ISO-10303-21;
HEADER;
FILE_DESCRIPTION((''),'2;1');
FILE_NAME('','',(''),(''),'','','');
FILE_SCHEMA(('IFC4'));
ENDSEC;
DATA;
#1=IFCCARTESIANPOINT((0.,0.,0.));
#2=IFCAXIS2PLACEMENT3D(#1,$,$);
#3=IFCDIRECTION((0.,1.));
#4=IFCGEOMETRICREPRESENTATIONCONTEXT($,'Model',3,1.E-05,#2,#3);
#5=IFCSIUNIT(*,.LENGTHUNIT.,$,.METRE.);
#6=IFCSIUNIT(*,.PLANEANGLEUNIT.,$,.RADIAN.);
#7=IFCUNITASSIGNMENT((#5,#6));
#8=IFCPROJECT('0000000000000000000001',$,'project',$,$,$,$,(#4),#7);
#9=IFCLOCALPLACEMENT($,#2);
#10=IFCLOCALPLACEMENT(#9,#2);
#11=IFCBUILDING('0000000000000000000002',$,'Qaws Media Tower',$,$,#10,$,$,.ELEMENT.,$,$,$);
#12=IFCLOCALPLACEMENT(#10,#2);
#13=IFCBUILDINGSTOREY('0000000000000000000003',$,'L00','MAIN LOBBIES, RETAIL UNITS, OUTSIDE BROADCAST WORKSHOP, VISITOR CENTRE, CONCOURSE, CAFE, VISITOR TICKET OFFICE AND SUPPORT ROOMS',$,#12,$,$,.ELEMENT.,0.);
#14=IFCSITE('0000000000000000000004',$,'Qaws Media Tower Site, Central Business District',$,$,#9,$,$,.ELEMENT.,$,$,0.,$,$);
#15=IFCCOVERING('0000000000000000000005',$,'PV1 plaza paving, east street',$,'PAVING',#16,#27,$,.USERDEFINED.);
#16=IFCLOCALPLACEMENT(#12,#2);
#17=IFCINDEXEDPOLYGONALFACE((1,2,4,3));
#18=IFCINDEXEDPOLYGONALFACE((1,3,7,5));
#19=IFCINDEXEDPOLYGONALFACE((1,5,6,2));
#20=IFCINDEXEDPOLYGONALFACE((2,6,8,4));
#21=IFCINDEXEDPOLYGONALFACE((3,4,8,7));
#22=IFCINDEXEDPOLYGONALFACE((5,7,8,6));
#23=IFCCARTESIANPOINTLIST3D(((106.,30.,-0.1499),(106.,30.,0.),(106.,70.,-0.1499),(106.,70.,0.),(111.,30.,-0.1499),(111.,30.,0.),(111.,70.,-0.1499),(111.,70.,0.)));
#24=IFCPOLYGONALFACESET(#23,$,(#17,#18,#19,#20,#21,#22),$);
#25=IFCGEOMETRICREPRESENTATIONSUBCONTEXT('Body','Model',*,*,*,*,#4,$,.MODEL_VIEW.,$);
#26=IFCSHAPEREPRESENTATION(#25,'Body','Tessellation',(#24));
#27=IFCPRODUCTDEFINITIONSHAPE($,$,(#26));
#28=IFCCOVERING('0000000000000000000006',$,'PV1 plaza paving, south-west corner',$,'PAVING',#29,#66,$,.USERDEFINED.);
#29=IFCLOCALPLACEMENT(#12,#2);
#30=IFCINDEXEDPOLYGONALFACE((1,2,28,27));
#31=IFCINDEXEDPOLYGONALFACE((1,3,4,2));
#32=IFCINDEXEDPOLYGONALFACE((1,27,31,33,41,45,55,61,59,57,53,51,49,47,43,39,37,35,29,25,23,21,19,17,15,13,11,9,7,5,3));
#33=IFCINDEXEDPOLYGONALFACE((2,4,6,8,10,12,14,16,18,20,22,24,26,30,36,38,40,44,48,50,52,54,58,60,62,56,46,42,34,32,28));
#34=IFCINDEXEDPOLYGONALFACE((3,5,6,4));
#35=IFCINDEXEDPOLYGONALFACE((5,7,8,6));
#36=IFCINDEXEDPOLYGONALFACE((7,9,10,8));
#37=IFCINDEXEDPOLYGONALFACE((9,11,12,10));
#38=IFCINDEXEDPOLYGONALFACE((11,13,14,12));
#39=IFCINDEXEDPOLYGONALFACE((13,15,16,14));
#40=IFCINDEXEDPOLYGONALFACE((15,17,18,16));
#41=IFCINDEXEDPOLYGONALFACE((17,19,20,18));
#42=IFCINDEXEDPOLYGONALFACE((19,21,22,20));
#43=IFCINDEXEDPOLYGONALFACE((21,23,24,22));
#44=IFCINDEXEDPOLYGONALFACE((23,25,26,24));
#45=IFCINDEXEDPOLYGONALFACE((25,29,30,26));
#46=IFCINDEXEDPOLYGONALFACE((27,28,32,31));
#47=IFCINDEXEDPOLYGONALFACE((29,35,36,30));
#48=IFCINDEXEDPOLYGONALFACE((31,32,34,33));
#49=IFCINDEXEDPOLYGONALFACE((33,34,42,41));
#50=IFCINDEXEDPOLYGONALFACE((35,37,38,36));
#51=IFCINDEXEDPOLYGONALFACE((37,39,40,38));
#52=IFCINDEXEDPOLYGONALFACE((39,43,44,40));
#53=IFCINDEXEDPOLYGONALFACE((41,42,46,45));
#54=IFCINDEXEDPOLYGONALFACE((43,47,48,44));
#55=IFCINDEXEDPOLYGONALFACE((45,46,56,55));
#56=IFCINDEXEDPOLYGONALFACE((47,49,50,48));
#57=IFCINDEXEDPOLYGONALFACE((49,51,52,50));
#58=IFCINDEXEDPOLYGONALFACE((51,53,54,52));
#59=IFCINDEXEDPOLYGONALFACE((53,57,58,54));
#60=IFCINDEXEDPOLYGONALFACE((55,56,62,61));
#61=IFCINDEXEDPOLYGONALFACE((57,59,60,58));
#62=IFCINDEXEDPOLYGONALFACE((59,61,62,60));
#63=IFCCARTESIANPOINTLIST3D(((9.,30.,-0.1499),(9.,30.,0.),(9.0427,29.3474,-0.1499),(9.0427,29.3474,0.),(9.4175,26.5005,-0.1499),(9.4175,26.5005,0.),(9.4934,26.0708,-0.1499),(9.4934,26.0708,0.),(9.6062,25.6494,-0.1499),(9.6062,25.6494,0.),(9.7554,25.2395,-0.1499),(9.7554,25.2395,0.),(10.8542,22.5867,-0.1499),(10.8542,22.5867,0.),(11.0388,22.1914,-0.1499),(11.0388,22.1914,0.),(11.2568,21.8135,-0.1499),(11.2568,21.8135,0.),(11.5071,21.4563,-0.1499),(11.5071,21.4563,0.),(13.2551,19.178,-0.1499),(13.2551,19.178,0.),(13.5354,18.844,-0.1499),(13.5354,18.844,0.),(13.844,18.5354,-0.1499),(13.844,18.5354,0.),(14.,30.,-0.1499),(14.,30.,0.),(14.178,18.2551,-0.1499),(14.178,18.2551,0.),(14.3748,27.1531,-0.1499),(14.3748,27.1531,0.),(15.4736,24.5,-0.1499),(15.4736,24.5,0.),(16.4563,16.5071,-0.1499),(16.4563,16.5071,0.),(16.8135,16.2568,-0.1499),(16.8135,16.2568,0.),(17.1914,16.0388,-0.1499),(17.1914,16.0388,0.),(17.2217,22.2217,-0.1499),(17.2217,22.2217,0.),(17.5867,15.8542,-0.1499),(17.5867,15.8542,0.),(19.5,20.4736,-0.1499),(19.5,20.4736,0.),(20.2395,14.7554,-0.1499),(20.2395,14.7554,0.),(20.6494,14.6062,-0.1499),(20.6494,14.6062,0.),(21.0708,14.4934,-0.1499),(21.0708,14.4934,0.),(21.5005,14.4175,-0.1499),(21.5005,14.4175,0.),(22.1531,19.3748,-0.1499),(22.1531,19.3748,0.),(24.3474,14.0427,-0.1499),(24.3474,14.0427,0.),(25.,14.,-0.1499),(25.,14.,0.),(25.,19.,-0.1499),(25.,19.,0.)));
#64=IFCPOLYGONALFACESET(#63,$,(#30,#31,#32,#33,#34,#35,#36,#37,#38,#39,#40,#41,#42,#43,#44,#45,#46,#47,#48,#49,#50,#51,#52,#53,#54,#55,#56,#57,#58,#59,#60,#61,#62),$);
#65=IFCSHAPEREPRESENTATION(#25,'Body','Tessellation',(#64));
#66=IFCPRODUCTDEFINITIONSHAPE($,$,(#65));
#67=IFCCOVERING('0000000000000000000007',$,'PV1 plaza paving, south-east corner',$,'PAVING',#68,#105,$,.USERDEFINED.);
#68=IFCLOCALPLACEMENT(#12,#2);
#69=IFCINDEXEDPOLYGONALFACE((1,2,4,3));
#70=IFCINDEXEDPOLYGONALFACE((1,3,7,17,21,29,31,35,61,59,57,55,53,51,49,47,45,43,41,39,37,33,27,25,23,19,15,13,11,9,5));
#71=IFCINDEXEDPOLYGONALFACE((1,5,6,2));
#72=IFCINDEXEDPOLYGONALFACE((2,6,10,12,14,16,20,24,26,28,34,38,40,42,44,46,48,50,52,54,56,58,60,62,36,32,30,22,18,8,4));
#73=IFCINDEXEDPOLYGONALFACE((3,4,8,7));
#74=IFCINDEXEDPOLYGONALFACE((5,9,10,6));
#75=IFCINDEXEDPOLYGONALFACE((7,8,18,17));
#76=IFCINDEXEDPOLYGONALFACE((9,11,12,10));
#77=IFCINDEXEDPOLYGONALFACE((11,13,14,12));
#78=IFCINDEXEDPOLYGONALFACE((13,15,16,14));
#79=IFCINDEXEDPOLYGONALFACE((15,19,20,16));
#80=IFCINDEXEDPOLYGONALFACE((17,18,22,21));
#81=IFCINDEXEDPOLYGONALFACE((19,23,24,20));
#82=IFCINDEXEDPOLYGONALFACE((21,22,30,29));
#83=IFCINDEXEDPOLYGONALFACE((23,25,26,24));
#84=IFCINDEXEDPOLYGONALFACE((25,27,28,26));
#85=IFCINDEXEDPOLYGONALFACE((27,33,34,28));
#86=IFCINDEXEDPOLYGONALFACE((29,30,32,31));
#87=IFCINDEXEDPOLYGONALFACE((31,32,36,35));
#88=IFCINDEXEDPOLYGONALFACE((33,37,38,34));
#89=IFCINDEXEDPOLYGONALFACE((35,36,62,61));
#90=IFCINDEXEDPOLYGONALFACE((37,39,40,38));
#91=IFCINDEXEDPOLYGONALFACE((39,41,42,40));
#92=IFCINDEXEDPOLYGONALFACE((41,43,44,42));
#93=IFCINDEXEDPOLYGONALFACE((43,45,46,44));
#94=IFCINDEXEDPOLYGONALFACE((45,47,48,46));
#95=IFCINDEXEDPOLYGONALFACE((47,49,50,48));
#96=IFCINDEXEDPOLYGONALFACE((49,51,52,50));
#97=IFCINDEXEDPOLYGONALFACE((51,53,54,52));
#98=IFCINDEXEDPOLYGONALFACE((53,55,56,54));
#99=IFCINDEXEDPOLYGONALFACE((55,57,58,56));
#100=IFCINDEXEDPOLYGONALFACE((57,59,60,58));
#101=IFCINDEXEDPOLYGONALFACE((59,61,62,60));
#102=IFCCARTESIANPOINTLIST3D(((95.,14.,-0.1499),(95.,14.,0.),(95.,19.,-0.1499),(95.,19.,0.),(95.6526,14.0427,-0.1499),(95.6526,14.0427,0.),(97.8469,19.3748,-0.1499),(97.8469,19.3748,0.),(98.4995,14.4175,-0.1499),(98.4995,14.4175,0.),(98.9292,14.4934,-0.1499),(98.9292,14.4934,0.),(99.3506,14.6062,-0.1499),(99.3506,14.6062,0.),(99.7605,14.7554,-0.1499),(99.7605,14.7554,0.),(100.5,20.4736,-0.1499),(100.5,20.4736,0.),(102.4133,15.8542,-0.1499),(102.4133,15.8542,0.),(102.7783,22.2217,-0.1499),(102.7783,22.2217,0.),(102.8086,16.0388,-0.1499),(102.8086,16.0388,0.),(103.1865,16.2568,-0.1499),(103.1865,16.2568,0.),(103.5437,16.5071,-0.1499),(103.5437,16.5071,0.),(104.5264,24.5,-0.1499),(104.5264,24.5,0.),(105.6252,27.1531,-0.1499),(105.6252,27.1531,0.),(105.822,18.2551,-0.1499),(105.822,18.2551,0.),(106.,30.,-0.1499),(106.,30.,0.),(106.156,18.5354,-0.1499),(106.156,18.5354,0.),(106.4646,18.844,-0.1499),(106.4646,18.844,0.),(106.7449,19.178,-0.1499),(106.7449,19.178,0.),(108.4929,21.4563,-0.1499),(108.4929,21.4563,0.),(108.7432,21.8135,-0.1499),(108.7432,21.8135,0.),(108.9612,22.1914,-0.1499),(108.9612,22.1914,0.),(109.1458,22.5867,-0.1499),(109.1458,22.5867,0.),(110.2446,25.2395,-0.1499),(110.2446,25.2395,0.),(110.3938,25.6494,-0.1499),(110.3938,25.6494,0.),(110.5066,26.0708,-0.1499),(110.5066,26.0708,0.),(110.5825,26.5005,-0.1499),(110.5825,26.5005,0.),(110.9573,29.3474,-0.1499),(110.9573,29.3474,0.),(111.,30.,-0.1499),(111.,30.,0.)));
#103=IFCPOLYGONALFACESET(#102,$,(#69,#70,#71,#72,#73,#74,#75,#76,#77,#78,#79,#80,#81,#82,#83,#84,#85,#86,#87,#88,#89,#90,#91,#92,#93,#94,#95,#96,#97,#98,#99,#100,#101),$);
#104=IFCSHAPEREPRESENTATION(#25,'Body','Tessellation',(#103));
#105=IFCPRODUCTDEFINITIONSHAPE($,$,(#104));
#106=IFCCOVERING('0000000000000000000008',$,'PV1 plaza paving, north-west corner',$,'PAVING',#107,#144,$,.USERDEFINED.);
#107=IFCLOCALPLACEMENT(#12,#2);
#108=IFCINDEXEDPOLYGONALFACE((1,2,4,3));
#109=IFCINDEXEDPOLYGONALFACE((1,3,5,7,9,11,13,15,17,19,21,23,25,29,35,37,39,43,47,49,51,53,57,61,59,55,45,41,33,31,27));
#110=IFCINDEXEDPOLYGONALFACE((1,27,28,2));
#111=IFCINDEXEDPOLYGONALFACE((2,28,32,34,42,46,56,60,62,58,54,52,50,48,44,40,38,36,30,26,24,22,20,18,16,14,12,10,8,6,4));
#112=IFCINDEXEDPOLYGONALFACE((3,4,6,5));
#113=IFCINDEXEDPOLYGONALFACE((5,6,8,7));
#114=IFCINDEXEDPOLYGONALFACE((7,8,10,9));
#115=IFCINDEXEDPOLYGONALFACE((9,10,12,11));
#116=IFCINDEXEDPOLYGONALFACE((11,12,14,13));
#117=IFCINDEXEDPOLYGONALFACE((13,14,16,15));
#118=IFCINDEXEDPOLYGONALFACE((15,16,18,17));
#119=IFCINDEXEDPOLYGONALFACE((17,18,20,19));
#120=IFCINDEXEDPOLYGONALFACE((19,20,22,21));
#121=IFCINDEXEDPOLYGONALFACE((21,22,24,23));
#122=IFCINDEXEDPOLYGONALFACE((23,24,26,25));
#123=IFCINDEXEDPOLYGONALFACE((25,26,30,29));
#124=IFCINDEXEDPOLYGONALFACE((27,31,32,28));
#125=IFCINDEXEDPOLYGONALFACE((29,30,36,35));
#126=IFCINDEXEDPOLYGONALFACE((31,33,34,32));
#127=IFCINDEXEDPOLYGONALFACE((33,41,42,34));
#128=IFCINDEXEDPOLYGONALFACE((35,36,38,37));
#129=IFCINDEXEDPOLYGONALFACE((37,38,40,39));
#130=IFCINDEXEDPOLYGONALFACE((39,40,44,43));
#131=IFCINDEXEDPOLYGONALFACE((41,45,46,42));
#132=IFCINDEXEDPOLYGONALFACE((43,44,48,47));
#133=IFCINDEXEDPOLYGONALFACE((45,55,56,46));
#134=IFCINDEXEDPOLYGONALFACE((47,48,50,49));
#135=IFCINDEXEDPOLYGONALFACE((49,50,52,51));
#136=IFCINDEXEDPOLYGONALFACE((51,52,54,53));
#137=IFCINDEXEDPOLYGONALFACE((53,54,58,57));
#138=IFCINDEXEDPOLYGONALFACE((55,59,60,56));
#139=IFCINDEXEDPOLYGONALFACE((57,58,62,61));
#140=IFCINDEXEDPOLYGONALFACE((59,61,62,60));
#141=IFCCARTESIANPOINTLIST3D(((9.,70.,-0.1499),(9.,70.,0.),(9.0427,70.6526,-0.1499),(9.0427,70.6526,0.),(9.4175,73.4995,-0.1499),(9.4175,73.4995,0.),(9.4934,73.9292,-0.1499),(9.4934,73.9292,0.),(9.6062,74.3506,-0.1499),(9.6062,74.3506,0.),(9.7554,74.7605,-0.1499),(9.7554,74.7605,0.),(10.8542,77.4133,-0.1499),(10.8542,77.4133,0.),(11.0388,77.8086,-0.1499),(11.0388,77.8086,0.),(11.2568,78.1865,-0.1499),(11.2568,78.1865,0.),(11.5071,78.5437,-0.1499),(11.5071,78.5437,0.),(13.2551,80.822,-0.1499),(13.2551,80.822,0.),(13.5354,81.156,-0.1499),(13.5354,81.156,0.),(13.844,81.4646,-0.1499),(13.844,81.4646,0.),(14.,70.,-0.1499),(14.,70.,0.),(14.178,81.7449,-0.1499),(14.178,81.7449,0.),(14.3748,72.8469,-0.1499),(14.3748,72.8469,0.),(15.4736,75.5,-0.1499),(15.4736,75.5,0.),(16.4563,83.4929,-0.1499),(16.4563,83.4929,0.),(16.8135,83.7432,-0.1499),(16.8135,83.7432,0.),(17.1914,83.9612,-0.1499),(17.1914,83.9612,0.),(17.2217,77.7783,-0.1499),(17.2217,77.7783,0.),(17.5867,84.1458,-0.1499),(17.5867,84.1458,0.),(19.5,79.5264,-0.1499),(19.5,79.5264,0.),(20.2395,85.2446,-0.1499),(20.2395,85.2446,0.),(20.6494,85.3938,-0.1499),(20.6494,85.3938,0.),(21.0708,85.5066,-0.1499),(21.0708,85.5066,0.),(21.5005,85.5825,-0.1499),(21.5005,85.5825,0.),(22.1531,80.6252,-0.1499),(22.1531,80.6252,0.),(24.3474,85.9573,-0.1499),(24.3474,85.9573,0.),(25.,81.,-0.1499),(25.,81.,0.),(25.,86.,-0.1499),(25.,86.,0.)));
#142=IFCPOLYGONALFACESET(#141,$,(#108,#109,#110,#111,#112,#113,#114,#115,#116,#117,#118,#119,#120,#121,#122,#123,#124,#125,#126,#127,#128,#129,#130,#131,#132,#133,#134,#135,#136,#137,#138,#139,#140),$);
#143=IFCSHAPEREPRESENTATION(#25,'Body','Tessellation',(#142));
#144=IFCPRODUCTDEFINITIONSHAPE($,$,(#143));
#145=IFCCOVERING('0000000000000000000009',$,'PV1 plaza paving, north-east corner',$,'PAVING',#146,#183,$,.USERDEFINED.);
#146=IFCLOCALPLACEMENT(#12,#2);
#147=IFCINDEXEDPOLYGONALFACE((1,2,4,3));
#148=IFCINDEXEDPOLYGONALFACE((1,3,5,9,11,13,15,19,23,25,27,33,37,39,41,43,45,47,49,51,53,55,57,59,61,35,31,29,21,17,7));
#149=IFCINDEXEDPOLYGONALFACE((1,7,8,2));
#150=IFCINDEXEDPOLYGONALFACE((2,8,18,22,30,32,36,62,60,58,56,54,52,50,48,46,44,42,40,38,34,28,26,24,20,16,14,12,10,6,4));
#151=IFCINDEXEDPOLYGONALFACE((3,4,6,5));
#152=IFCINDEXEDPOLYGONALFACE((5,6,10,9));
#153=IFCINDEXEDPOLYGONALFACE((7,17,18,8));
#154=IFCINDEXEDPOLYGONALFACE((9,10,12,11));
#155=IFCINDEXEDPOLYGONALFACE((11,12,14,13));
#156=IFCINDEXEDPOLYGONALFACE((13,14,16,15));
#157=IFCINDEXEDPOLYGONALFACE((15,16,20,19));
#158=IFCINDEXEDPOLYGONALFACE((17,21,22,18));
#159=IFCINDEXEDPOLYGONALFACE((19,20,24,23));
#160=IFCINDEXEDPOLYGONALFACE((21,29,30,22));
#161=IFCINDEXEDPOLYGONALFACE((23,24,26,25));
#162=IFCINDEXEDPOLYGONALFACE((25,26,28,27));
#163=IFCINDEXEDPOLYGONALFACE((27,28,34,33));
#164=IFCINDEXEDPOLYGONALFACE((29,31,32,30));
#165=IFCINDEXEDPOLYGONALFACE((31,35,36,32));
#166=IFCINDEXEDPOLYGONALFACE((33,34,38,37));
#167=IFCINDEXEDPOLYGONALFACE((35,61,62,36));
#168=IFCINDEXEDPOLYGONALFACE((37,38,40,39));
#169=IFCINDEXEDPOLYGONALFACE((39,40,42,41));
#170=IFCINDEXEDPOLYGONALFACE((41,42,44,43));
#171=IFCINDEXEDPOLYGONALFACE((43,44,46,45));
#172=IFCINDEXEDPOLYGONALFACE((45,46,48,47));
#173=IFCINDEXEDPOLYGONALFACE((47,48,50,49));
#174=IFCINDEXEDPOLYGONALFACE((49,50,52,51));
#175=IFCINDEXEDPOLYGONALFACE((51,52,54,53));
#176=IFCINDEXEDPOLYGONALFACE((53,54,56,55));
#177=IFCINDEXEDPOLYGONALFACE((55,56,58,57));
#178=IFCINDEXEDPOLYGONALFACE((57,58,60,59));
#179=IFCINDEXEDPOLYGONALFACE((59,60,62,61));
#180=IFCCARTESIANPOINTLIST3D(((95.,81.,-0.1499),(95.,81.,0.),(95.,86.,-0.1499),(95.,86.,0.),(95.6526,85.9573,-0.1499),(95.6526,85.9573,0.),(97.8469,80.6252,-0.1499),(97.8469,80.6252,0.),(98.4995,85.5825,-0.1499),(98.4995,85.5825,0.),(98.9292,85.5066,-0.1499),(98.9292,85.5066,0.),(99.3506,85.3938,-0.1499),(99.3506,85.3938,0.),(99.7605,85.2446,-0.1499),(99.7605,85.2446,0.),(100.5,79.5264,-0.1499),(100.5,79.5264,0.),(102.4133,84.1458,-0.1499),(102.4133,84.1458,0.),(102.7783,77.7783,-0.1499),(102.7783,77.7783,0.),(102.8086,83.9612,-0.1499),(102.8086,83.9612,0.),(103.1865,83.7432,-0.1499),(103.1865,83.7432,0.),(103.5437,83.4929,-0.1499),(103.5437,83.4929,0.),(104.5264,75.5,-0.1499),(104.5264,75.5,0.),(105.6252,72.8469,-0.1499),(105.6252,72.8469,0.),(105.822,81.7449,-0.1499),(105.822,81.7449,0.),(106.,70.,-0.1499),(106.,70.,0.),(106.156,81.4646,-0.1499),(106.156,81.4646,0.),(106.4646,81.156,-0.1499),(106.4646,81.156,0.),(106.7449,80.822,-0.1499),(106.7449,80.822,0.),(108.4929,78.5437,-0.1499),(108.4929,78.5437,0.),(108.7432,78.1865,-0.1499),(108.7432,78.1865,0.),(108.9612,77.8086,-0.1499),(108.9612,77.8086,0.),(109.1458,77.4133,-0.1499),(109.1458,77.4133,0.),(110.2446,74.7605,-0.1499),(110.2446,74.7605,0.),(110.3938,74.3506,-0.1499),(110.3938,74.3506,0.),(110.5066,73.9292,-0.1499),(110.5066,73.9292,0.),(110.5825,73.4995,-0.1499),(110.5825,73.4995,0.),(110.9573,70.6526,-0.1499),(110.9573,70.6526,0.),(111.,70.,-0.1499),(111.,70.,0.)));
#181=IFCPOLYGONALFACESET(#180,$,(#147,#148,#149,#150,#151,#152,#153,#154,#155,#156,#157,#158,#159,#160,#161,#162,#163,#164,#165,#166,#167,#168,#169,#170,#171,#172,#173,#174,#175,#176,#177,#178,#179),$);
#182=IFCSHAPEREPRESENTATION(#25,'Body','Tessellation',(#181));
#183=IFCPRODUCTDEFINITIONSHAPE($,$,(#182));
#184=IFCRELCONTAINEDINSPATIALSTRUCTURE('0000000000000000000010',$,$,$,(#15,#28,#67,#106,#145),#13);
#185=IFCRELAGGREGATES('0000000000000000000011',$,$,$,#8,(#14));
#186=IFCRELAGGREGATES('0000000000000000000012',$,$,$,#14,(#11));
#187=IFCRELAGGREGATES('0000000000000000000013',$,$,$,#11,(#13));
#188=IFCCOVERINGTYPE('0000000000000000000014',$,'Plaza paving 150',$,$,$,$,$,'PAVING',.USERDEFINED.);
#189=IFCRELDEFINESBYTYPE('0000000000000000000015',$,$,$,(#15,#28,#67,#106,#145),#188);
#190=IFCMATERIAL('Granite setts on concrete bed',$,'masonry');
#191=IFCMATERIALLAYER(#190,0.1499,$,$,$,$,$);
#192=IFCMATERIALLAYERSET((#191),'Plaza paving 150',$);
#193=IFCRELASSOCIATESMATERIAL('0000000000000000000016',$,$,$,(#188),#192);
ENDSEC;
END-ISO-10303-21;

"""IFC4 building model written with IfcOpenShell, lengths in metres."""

from ifc_helpers import new_model, si_unit, direction, frame, origin, place, context, subcontext, project, spatial, polyline, outline, extrude, material, layer, layer_set, type_object, element, save


model = new_model("IFC4")

# Units and contexts
model_context = context("Model", 3, precision=1e-05, world=origin(), true_north=direction((0.0, 1.0)))
body_context = subcontext(model_context, "Body", "Model", "MODEL_VIEW")
ifc_project = project(units=[si_unit("LENGTHUNIT", "METRE"), si_unit("PLANEANGLEUNIT", "RADIAN")], contexts=[model_context])

# Site, building, storey
site_placement = place(None, origin())
site = spatial("IfcSite", under=ifc_project, at=site_placement, Name="Qaws Media Tower Site, Central Business District", CompositionType="ELEMENT", RefElevation=0.0)
building_placement = place(site_placement, origin())
building = spatial("IfcBuilding", under=site, at=building_placement, Name="Qaws Media Tower", CompositionType="ELEMENT")
storey_placement = place(building_placement, origin())
storey = spatial("IfcBuildingStorey", under=building, at=storey_placement, Name="L00", Description="MAIN LOBBIES, RETAIL UNITS, OUTSIDE BROADCAST WORKSHOP, VISITOR CENTRE, CONCOURSE, CAFE, VISITOR TICKET OFFICE AND SUPPORT ROOMS", CompositionType="ELEMENT", Elevation=0.0)

# Coverings
ifc_material_1 = material(Name="Granite setts on concrete bed", Category="masonry")
ifc_layer_1 = layer(ifc_material_1, 0.1499)
ifc_layer_set_1 = layer_set([ifc_layer_1], Name="Plaza paving 150")
covering_type_1 = type_object("IfcCoveringType", Name="Plaza paving 150", ElementType="PAVING", PredefinedType="USERDEFINED", material=ifc_layer_set_1)
covering_1_placement = place(storey_placement, frame((0.0, 0.0, -0.1499)))
element("IfcCovering", 1, at=covering_1_placement, inside=storey, type_object=covering_type_1, Name="PV1 plaza paving, east street", ObjectType="PAVING", PredefinedType="USERDEFINED", context=body_context, shape_type="SweptSolid", body=[
    extrude(outline(polyline([(111.0, 30.0), (106.0, 30.0), (106.0, 70.0), (111.0, 70.0), (111.0, 30.0)])), origin(), (0.0, 0.0, 1.0), 0.1499),
])
covering_2_placement = place(storey_placement, frame((0.0, 0.0, -0.1499)))
element("IfcCovering", 2, at=covering_2_placement, inside=storey, type_object=covering_type_1, Name="PV1 plaza paving, south-west corner", ObjectType="PAVING", PredefinedType="USERDEFINED", context=body_context, shape_type="SweptSolid", body=[
    extrude(outline(polyline([(24.3474, 14.0427), (21.5005, 14.4175), (21.0708, 14.4934), (20.6494, 14.6062), (20.2395, 14.7554), (17.5867, 15.8542), (17.1914, 16.0388), (16.8135, 16.2568), (16.4563, 16.5071), (14.178, 18.2551), (13.844, 18.5354), (13.5354, 18.844), (13.2551, 19.178), (11.5071, 21.4563), (11.2568, 21.8135), (11.0388, 22.1914), (10.8542, 22.5867), (9.7554, 25.2395), (9.6062, 25.6494), (9.4934, 26.0708), (9.4175, 26.5005), (9.0427, 29.3474), (9.0, 30.0), (14.0, 30.0), (14.3748, 27.1531), (15.4736, 24.5), (17.2217, 22.2217), (19.5, 20.4736), (22.1531, 19.3748), (25.0, 19.0), (25.0, 14.0), (24.3474, 14.0427)])), origin(), (0.0, 0.0, 1.0), 0.1499),
])
covering_3_placement = place(storey_placement, frame((0.0, 0.0, -0.1499)))
element("IfcCovering", 3, at=covering_3_placement, inside=storey, type_object=covering_type_1, Name="PV1 plaza paving, south-east corner", ObjectType="PAVING", PredefinedType="USERDEFINED", context=body_context, shape_type="SweptSolid", body=[
    extrude(outline(polyline([(110.9573, 29.3474), (110.5825, 26.5005), (110.5066, 26.0708), (110.3938, 25.6494), (110.2446, 25.2395), (109.1458, 22.5867), (108.9612, 22.1914), (108.7432, 21.8135), (108.4929, 21.4563), (106.7449, 19.178), (106.4646, 18.844), (106.156, 18.5354), (105.822, 18.2551), (103.5437, 16.5071), (103.1865, 16.2568), (102.8086, 16.0388), (102.4133, 15.8542), (99.7605, 14.7554), (99.3506, 14.6062), (98.9292, 14.4934), (98.4995, 14.4175), (95.6526, 14.0427), (95.0, 14.0), (95.0, 19.0), (97.8469, 19.3748), (100.5, 20.4736), (102.7783, 22.2217), (104.5264, 24.5), (105.6252, 27.1531), (106.0, 30.0), (111.0, 30.0), (110.9573, 29.3474)])), origin(), (0.0, 0.0, 1.0), 0.1499),
])
covering_4_placement = place(storey_placement, frame((0.0, 0.0, -0.1499)))
element("IfcCovering", 4, at=covering_4_placement, inside=storey, type_object=covering_type_1, Name="PV1 plaza paving, north-west corner", ObjectType="PAVING", PredefinedType="USERDEFINED", context=body_context, shape_type="SweptSolid", body=[
    extrude(outline(polyline([(9.0427, 70.6526), (9.4175, 73.4995), (9.4934, 73.9292), (9.6062, 74.3506), (9.7554, 74.7605), (10.8542, 77.4133), (11.0388, 77.8086), (11.2568, 78.1865), (11.5071, 78.5437), (13.2551, 80.822), (13.5354, 81.156), (13.844, 81.4646), (14.178, 81.7449), (16.4563, 83.4929), (16.8135, 83.7432), (17.1914, 83.9612), (17.5867, 84.1458), (20.2395, 85.2446), (20.6494, 85.3938), (21.0708, 85.5066), (21.5005, 85.5825), (24.3474, 85.9573), (25.0, 86.0), (25.0, 81.0), (22.1531, 80.6252), (19.5, 79.5264), (17.2217, 77.7783), (15.4736, 75.5), (14.3748, 72.8469), (14.0, 70.0), (9.0, 70.0), (9.0427, 70.6526)])), origin(), (0.0, 0.0, 1.0), 0.1499),
])
covering_5_placement = place(storey_placement, frame((0.0, 0.0, -0.1499)))
element("IfcCovering", 5, at=covering_5_placement, inside=storey, type_object=covering_type_1, Name="PV1 plaza paving, north-east corner", ObjectType="PAVING", PredefinedType="USERDEFINED", context=body_context, shape_type="SweptSolid", body=[
    extrude(outline(polyline([(95.6526, 85.9573), (98.4995, 85.5825), (98.9292, 85.5066), (99.3506, 85.3938), (99.7605, 85.2446), (102.4133, 84.1458), (102.8086, 83.9612), (103.1865, 83.7432), (103.5437, 83.4929), (105.822, 81.7449), (106.156, 81.4646), (106.4646, 81.156), (106.7449, 80.822), (108.4929, 78.5437), (108.7432, 78.1865), (108.9612, 77.8086), (109.1458, 77.4133), (110.2446, 74.7605), (110.3938, 74.3506), (110.5066, 73.9292), (110.5825, 73.4995), (110.9573, 70.6526), (111.0, 70.0), (106.0, 70.0), (105.6252, 72.8469), (104.5264, 75.5), (102.7783, 77.7783), (100.5, 79.5264), (97.8469, 80.6252), (95.0, 81.0), (95.0, 86.0), (95.6526, 85.9573)])), origin(), (0.0, 0.0, 1.0), 0.1499),
])

save(model, "model.ifc")
